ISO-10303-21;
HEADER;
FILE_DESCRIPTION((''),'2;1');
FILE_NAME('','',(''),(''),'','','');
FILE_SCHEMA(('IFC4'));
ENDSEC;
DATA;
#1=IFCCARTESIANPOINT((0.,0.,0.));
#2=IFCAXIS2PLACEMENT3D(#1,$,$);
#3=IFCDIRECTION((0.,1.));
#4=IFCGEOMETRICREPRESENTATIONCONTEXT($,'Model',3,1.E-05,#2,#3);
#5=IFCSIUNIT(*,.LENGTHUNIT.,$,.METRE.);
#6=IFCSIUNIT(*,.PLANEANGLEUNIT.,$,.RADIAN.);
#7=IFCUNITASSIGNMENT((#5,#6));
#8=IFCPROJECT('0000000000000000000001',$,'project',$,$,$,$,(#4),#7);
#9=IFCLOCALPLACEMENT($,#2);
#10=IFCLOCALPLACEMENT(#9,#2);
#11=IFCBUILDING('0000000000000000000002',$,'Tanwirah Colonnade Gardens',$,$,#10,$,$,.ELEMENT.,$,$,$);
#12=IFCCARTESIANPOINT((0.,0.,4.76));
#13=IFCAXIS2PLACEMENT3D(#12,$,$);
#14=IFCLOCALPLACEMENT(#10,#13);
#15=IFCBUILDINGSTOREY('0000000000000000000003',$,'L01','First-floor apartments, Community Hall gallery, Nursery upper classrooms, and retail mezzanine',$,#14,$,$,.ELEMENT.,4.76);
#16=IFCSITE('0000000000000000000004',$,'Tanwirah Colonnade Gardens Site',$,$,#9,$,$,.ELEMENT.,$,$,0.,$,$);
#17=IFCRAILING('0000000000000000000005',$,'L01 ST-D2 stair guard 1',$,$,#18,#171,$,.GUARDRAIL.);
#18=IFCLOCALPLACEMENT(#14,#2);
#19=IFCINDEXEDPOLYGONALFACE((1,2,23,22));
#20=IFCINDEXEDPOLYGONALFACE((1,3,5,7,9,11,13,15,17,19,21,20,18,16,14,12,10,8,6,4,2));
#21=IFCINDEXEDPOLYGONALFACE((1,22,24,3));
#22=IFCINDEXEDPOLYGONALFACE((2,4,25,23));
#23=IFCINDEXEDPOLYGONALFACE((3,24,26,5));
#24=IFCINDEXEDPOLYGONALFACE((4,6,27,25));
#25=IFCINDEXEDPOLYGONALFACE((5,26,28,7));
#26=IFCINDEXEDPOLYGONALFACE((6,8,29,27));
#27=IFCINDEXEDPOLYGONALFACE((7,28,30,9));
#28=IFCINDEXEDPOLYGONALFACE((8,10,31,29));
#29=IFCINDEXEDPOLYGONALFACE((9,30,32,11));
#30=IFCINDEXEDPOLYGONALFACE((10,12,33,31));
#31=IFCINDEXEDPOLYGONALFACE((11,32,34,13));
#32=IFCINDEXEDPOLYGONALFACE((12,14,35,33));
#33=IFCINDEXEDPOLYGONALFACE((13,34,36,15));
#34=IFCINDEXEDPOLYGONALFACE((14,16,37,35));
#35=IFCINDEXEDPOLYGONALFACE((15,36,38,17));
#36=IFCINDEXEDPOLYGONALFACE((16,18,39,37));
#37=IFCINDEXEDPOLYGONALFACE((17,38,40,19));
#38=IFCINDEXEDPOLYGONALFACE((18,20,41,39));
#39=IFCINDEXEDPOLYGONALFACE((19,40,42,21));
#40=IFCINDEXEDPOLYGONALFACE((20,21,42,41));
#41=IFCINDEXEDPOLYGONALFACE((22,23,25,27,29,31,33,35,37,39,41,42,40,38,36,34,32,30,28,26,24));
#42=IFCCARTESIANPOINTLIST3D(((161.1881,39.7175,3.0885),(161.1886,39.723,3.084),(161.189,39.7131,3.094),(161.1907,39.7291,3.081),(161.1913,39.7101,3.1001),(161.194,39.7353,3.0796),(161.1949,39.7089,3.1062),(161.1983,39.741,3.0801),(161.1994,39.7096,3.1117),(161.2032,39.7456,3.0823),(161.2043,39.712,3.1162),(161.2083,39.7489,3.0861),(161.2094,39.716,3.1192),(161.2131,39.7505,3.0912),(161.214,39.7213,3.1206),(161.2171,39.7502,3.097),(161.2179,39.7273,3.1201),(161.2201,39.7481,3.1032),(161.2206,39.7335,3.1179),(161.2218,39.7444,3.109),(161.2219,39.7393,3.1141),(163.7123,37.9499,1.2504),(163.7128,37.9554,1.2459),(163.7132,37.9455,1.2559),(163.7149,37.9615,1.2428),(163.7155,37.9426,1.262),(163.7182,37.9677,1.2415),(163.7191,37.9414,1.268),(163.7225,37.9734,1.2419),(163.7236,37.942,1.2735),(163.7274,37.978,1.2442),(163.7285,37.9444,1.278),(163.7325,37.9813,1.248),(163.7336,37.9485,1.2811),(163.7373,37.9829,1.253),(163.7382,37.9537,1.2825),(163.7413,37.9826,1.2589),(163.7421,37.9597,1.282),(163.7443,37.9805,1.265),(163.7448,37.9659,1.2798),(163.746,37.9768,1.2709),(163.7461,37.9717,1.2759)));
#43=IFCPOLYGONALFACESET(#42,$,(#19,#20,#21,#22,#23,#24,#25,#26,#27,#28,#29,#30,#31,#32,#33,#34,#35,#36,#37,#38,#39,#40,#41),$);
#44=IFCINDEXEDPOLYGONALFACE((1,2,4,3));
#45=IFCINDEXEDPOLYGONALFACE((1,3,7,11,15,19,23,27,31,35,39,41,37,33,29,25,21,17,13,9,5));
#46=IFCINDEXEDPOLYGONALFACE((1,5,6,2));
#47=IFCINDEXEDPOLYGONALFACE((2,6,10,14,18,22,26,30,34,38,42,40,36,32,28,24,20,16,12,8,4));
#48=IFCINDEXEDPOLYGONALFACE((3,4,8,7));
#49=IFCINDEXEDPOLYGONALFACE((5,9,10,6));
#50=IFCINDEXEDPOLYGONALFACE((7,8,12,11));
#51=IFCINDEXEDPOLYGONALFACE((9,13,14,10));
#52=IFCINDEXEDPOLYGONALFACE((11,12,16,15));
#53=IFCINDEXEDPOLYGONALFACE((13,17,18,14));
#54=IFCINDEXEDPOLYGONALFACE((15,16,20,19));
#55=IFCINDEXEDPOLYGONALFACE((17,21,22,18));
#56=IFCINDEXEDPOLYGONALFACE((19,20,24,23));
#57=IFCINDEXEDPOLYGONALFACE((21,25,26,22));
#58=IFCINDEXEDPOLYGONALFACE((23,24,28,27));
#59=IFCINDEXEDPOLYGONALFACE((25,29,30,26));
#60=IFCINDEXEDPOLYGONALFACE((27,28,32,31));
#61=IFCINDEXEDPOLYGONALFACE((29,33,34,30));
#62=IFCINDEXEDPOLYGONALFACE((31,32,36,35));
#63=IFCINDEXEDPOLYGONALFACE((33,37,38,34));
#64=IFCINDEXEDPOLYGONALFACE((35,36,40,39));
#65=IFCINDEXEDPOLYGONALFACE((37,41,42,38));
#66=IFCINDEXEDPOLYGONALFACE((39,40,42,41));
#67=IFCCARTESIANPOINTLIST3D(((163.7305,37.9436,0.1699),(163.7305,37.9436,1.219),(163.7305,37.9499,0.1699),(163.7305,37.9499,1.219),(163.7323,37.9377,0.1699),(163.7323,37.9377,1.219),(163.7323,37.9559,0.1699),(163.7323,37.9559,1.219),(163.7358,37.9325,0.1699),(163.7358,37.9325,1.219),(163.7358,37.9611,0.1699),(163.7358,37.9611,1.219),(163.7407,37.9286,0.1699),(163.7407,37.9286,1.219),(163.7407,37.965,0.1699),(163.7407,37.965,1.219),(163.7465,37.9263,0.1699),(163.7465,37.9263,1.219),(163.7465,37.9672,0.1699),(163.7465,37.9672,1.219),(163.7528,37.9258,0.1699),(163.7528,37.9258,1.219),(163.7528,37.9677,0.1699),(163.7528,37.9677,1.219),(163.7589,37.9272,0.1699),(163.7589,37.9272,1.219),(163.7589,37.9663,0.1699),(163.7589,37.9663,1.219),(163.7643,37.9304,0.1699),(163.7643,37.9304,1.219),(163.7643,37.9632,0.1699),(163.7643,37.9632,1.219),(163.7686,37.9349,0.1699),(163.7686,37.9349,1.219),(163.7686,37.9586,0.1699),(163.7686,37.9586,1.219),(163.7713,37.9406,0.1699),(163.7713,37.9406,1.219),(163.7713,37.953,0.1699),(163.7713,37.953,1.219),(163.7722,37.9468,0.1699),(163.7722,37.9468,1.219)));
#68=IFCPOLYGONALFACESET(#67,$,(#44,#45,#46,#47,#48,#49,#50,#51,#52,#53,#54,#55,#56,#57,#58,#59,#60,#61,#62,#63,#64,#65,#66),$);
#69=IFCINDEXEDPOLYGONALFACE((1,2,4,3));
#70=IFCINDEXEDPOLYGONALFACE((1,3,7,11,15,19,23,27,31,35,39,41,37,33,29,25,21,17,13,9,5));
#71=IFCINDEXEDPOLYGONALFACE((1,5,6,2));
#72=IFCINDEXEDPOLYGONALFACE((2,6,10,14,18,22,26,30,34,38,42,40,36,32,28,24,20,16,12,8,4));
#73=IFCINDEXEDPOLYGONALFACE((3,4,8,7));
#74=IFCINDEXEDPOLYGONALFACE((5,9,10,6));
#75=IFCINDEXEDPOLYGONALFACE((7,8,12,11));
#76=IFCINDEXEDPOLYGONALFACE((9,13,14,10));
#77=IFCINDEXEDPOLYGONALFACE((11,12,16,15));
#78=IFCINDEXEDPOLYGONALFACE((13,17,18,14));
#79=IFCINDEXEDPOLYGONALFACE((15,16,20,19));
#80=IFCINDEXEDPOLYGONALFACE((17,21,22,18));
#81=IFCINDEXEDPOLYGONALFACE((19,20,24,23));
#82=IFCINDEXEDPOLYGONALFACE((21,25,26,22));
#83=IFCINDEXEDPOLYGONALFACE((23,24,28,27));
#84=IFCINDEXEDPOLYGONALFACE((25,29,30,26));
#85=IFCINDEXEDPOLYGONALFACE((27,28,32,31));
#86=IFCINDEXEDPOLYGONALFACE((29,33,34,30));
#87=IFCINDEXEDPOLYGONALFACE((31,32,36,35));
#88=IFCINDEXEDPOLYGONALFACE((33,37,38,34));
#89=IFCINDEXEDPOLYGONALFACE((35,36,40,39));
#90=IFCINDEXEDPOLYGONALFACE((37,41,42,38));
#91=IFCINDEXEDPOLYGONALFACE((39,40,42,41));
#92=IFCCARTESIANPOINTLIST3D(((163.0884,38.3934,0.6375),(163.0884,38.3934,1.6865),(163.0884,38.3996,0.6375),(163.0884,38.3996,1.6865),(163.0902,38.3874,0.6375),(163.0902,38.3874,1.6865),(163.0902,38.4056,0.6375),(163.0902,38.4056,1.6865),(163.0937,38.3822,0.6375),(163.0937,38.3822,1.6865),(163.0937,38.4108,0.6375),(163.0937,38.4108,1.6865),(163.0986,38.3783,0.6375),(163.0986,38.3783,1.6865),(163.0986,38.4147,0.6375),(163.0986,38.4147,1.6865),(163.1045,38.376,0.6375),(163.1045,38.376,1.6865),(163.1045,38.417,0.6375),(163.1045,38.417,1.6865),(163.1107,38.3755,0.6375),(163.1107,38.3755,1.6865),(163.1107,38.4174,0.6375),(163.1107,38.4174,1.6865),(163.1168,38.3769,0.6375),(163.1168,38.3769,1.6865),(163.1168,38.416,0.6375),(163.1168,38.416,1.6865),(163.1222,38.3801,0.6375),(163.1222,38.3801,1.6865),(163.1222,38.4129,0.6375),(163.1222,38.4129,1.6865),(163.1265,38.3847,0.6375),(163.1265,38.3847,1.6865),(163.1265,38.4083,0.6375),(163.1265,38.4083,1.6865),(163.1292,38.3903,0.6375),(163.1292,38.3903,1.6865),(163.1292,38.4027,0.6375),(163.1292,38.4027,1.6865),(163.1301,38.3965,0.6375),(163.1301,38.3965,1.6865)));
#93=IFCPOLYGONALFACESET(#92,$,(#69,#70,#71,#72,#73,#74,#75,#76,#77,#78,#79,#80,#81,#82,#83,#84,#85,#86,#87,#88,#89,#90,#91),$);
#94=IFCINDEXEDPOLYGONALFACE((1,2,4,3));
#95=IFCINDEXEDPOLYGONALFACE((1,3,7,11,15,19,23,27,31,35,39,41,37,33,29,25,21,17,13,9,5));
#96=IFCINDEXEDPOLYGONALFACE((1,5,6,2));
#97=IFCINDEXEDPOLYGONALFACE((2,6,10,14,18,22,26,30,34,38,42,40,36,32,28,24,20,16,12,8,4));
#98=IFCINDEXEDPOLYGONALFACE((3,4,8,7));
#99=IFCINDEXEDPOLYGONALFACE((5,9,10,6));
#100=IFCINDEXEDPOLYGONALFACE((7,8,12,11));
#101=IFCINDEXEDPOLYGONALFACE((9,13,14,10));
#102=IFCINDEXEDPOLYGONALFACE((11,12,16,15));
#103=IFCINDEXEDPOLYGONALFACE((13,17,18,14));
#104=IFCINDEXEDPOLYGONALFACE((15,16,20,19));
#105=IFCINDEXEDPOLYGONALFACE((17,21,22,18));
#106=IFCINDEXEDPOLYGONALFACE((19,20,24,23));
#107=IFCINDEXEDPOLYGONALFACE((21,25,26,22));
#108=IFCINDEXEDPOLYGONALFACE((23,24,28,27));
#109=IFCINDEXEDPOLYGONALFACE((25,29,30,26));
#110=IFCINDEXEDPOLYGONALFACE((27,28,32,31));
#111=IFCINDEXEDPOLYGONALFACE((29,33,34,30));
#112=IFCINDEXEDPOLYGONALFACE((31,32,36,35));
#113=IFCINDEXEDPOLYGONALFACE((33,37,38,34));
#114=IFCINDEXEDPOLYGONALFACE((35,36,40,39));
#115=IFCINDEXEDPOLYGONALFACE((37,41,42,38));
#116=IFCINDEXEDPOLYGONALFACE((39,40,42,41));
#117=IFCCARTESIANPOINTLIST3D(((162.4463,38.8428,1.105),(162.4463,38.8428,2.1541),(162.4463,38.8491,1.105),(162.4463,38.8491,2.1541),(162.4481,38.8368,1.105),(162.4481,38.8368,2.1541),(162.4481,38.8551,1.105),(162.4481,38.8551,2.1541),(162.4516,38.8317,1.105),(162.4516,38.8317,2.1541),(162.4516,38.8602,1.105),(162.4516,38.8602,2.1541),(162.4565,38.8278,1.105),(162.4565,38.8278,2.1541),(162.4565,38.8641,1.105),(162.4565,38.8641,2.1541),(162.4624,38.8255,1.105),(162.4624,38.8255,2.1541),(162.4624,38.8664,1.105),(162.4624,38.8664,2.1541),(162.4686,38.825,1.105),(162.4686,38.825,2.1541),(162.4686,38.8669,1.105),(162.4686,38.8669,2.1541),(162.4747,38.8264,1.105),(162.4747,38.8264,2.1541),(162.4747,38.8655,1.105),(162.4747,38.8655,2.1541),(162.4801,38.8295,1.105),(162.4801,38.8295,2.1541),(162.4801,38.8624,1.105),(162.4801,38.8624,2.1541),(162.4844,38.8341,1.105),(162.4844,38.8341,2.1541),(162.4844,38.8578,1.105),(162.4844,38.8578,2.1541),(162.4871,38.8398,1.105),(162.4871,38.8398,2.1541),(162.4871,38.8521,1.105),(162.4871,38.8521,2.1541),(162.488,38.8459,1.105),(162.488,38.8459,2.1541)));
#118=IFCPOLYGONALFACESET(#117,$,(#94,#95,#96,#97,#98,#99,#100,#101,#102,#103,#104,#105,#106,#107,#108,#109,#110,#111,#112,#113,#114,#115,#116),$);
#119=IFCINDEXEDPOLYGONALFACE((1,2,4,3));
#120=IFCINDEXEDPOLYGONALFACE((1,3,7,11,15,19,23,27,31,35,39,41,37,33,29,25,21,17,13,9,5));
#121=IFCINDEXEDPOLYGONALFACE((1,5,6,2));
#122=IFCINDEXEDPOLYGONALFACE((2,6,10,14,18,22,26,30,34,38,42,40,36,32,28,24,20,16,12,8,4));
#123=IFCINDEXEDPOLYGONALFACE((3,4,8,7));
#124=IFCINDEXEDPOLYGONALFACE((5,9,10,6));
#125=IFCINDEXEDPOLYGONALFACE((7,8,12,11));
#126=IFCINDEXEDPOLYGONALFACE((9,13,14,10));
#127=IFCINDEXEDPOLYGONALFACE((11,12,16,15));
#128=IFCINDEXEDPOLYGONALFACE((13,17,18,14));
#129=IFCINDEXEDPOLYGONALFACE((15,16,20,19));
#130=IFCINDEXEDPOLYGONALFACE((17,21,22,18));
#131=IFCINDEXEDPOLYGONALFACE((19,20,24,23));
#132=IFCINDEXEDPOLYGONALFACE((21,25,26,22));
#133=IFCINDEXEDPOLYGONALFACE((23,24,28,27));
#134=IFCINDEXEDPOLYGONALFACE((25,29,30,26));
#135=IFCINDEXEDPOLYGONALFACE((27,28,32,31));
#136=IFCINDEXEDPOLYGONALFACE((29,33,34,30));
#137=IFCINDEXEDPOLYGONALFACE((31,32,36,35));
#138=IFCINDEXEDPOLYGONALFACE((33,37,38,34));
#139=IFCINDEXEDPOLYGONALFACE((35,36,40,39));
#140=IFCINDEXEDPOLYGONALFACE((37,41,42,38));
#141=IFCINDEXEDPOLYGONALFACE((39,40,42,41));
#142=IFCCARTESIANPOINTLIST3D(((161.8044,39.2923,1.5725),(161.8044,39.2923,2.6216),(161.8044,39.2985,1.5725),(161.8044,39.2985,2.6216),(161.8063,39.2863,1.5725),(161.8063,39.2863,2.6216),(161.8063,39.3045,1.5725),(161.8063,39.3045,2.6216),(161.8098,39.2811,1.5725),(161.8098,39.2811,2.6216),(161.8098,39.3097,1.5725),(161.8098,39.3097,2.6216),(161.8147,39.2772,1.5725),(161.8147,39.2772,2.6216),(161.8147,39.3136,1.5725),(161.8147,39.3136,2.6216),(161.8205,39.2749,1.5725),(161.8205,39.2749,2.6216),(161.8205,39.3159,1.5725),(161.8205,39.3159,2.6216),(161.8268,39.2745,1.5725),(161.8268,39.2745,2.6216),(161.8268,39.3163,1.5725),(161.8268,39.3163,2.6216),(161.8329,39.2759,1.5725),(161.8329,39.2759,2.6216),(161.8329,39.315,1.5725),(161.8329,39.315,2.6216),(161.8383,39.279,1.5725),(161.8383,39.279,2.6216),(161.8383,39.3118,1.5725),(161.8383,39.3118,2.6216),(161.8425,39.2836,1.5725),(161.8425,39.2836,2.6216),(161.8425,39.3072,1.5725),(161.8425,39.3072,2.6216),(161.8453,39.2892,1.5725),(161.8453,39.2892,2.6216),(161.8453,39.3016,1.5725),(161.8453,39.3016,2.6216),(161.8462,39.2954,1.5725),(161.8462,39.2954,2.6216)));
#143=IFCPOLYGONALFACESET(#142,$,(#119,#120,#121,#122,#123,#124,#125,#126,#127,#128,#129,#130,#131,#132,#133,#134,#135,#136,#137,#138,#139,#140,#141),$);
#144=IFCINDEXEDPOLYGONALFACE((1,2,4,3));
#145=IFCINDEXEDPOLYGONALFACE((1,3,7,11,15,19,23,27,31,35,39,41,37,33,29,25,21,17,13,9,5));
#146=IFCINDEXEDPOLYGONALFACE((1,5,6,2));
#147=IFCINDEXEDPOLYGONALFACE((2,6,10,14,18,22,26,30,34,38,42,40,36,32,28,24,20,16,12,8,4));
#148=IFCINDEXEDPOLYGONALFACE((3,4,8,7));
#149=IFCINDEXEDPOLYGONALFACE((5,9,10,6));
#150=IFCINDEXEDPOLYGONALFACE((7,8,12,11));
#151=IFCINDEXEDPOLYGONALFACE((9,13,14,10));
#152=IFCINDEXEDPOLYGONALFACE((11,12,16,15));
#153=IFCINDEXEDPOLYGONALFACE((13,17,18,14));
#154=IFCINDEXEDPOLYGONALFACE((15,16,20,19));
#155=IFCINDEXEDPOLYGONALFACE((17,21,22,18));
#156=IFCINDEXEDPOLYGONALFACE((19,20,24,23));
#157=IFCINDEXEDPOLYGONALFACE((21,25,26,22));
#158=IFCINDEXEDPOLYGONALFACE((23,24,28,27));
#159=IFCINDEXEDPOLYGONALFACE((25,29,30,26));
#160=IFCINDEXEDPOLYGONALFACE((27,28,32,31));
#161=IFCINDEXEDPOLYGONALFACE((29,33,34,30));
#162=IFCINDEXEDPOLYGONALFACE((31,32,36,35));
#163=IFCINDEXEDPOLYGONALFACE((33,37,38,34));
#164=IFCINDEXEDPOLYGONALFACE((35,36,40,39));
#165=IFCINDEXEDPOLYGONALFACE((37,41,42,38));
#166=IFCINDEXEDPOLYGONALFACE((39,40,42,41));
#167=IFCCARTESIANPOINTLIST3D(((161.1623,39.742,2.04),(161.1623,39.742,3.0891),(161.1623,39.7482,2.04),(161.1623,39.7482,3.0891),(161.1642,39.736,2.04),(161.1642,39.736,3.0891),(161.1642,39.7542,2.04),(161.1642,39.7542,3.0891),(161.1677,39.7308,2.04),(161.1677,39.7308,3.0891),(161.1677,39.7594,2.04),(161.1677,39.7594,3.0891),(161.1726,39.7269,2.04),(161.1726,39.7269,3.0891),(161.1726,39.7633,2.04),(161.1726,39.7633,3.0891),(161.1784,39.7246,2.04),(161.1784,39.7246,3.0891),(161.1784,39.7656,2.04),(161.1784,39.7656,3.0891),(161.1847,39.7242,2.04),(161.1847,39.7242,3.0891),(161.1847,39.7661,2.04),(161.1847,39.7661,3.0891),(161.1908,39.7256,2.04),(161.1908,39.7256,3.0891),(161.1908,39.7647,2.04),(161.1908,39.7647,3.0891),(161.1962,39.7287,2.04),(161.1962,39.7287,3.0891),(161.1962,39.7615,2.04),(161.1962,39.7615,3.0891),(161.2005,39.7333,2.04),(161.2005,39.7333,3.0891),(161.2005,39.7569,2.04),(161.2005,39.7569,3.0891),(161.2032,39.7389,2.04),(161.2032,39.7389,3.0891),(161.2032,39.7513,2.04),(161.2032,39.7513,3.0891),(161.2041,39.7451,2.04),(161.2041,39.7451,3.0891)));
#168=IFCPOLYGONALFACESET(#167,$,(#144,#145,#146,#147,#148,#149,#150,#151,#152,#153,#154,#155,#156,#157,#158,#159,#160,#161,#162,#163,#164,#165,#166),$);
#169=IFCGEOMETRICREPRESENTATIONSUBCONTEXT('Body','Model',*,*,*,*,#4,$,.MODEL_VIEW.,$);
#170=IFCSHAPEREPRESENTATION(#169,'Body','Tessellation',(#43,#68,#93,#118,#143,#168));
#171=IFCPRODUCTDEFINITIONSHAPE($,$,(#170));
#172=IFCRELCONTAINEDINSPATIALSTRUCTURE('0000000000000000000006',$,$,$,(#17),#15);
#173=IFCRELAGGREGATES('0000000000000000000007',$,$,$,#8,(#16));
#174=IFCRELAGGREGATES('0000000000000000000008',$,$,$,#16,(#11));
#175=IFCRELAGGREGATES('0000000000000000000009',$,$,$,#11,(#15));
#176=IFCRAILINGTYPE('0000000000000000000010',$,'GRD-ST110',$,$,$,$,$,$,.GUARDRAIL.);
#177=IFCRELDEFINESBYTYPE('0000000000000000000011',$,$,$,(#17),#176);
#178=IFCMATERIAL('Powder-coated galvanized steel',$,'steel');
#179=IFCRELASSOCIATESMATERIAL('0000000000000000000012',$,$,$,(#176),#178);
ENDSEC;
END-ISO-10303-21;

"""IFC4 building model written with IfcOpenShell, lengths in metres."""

from ifc_helpers import new_model, si_unit, direction, frame, origin, origin_2d, place, context, subcontext, project, spatial, circle, extrude, material, type_object, element, save


model = new_model("IFC4")

# Units and contexts
model_context = context("Model", 3, precision=1e-05, world=origin(), true_north=direction((0.0, 1.0)))
body_context = subcontext(model_context, "Body", "Model", "MODEL_VIEW")
ifc_project = project(units=[si_unit("LENGTHUNIT", "METRE"), si_unit("PLANEANGLEUNIT", "RADIAN")], contexts=[model_context])

# Site, building, storey
site_placement = place(None, origin())
site = spatial("IfcSite", under=ifc_project, at=site_placement, Name="Tanwirah Colonnade Gardens Site", CompositionType="ELEMENT", RefElevation=0.0)
building_placement = place(site_placement, origin())
building = spatial("IfcBuilding", under=site, at=building_placement, Name="Tanwirah Colonnade Gardens", CompositionType="ELEMENT")
storey_placement = place(building_placement, frame((0.0, 0.0, 4.76)))
storey = spatial("IfcBuildingStorey", under=building, at=storey_placement, Name="L01", Description="First-floor apartments, Community Hall gallery, Nursery upper classrooms, and retail mezzanine", CompositionType="ELEMENT", Elevation=4.76)

# Railing
ifc_material_1 = material(Name="Powder-coated galvanized steel", Category="steel")
railing_type_1 = type_object("IfcRailingType", Name="GRD-ST110", PredefinedType="GUARDRAIL", material=ifc_material_1)
railing_1_placement = place(storey_placement, frame((163.7512, 37.9468, 0.1699)))
element("IfcRailing", 1, at=railing_1_placement, inside=storey, type_object=railing_type_1, Name="L01 ST-D2 stair guard 1", PredefinedType="GUARDRAIL", context=body_context, shape_type="SweptSolid", body=[
    extrude(circle(Radius=0.0239, at=origin_2d()), frame((-0.022, 0.0154, 1.092), z_axis=(-0.703485, 0.49262, 0.512282), x_axis=(-0.573603, -0.819133, 0.0)), (0.0, 0.0, 1.0), 3.5881),
    extrude(circle(Radius=0.021, at=origin_2d()), origin(), (0.0, 0.0, 1.0), 1.0491),
    extrude(circle(Radius=0.021, at=origin_2d()), frame((-0.6421, 0.4497, 0.4675)), (0.0, 0.0, 1.0), 1.0491),
    extrude(circle(Radius=0.021, at=origin_2d()), frame((-1.2842, 0.8992, 0.9351)), (0.0, 0.0, 1.0), 1.0491),
    extrude(circle(Radius=0.021, at=origin_2d()), frame((-1.926, 1.3486, 1.4026)), (0.0, 0.0, 1.0), 1.0491),
    extrude(circle(Radius=0.021, at=origin_2d()), frame((-2.5681, 1.7983, 1.8701)), (0.0, 0.0, 1.0), 1.0491),
])

save(model, "model.ifc")
